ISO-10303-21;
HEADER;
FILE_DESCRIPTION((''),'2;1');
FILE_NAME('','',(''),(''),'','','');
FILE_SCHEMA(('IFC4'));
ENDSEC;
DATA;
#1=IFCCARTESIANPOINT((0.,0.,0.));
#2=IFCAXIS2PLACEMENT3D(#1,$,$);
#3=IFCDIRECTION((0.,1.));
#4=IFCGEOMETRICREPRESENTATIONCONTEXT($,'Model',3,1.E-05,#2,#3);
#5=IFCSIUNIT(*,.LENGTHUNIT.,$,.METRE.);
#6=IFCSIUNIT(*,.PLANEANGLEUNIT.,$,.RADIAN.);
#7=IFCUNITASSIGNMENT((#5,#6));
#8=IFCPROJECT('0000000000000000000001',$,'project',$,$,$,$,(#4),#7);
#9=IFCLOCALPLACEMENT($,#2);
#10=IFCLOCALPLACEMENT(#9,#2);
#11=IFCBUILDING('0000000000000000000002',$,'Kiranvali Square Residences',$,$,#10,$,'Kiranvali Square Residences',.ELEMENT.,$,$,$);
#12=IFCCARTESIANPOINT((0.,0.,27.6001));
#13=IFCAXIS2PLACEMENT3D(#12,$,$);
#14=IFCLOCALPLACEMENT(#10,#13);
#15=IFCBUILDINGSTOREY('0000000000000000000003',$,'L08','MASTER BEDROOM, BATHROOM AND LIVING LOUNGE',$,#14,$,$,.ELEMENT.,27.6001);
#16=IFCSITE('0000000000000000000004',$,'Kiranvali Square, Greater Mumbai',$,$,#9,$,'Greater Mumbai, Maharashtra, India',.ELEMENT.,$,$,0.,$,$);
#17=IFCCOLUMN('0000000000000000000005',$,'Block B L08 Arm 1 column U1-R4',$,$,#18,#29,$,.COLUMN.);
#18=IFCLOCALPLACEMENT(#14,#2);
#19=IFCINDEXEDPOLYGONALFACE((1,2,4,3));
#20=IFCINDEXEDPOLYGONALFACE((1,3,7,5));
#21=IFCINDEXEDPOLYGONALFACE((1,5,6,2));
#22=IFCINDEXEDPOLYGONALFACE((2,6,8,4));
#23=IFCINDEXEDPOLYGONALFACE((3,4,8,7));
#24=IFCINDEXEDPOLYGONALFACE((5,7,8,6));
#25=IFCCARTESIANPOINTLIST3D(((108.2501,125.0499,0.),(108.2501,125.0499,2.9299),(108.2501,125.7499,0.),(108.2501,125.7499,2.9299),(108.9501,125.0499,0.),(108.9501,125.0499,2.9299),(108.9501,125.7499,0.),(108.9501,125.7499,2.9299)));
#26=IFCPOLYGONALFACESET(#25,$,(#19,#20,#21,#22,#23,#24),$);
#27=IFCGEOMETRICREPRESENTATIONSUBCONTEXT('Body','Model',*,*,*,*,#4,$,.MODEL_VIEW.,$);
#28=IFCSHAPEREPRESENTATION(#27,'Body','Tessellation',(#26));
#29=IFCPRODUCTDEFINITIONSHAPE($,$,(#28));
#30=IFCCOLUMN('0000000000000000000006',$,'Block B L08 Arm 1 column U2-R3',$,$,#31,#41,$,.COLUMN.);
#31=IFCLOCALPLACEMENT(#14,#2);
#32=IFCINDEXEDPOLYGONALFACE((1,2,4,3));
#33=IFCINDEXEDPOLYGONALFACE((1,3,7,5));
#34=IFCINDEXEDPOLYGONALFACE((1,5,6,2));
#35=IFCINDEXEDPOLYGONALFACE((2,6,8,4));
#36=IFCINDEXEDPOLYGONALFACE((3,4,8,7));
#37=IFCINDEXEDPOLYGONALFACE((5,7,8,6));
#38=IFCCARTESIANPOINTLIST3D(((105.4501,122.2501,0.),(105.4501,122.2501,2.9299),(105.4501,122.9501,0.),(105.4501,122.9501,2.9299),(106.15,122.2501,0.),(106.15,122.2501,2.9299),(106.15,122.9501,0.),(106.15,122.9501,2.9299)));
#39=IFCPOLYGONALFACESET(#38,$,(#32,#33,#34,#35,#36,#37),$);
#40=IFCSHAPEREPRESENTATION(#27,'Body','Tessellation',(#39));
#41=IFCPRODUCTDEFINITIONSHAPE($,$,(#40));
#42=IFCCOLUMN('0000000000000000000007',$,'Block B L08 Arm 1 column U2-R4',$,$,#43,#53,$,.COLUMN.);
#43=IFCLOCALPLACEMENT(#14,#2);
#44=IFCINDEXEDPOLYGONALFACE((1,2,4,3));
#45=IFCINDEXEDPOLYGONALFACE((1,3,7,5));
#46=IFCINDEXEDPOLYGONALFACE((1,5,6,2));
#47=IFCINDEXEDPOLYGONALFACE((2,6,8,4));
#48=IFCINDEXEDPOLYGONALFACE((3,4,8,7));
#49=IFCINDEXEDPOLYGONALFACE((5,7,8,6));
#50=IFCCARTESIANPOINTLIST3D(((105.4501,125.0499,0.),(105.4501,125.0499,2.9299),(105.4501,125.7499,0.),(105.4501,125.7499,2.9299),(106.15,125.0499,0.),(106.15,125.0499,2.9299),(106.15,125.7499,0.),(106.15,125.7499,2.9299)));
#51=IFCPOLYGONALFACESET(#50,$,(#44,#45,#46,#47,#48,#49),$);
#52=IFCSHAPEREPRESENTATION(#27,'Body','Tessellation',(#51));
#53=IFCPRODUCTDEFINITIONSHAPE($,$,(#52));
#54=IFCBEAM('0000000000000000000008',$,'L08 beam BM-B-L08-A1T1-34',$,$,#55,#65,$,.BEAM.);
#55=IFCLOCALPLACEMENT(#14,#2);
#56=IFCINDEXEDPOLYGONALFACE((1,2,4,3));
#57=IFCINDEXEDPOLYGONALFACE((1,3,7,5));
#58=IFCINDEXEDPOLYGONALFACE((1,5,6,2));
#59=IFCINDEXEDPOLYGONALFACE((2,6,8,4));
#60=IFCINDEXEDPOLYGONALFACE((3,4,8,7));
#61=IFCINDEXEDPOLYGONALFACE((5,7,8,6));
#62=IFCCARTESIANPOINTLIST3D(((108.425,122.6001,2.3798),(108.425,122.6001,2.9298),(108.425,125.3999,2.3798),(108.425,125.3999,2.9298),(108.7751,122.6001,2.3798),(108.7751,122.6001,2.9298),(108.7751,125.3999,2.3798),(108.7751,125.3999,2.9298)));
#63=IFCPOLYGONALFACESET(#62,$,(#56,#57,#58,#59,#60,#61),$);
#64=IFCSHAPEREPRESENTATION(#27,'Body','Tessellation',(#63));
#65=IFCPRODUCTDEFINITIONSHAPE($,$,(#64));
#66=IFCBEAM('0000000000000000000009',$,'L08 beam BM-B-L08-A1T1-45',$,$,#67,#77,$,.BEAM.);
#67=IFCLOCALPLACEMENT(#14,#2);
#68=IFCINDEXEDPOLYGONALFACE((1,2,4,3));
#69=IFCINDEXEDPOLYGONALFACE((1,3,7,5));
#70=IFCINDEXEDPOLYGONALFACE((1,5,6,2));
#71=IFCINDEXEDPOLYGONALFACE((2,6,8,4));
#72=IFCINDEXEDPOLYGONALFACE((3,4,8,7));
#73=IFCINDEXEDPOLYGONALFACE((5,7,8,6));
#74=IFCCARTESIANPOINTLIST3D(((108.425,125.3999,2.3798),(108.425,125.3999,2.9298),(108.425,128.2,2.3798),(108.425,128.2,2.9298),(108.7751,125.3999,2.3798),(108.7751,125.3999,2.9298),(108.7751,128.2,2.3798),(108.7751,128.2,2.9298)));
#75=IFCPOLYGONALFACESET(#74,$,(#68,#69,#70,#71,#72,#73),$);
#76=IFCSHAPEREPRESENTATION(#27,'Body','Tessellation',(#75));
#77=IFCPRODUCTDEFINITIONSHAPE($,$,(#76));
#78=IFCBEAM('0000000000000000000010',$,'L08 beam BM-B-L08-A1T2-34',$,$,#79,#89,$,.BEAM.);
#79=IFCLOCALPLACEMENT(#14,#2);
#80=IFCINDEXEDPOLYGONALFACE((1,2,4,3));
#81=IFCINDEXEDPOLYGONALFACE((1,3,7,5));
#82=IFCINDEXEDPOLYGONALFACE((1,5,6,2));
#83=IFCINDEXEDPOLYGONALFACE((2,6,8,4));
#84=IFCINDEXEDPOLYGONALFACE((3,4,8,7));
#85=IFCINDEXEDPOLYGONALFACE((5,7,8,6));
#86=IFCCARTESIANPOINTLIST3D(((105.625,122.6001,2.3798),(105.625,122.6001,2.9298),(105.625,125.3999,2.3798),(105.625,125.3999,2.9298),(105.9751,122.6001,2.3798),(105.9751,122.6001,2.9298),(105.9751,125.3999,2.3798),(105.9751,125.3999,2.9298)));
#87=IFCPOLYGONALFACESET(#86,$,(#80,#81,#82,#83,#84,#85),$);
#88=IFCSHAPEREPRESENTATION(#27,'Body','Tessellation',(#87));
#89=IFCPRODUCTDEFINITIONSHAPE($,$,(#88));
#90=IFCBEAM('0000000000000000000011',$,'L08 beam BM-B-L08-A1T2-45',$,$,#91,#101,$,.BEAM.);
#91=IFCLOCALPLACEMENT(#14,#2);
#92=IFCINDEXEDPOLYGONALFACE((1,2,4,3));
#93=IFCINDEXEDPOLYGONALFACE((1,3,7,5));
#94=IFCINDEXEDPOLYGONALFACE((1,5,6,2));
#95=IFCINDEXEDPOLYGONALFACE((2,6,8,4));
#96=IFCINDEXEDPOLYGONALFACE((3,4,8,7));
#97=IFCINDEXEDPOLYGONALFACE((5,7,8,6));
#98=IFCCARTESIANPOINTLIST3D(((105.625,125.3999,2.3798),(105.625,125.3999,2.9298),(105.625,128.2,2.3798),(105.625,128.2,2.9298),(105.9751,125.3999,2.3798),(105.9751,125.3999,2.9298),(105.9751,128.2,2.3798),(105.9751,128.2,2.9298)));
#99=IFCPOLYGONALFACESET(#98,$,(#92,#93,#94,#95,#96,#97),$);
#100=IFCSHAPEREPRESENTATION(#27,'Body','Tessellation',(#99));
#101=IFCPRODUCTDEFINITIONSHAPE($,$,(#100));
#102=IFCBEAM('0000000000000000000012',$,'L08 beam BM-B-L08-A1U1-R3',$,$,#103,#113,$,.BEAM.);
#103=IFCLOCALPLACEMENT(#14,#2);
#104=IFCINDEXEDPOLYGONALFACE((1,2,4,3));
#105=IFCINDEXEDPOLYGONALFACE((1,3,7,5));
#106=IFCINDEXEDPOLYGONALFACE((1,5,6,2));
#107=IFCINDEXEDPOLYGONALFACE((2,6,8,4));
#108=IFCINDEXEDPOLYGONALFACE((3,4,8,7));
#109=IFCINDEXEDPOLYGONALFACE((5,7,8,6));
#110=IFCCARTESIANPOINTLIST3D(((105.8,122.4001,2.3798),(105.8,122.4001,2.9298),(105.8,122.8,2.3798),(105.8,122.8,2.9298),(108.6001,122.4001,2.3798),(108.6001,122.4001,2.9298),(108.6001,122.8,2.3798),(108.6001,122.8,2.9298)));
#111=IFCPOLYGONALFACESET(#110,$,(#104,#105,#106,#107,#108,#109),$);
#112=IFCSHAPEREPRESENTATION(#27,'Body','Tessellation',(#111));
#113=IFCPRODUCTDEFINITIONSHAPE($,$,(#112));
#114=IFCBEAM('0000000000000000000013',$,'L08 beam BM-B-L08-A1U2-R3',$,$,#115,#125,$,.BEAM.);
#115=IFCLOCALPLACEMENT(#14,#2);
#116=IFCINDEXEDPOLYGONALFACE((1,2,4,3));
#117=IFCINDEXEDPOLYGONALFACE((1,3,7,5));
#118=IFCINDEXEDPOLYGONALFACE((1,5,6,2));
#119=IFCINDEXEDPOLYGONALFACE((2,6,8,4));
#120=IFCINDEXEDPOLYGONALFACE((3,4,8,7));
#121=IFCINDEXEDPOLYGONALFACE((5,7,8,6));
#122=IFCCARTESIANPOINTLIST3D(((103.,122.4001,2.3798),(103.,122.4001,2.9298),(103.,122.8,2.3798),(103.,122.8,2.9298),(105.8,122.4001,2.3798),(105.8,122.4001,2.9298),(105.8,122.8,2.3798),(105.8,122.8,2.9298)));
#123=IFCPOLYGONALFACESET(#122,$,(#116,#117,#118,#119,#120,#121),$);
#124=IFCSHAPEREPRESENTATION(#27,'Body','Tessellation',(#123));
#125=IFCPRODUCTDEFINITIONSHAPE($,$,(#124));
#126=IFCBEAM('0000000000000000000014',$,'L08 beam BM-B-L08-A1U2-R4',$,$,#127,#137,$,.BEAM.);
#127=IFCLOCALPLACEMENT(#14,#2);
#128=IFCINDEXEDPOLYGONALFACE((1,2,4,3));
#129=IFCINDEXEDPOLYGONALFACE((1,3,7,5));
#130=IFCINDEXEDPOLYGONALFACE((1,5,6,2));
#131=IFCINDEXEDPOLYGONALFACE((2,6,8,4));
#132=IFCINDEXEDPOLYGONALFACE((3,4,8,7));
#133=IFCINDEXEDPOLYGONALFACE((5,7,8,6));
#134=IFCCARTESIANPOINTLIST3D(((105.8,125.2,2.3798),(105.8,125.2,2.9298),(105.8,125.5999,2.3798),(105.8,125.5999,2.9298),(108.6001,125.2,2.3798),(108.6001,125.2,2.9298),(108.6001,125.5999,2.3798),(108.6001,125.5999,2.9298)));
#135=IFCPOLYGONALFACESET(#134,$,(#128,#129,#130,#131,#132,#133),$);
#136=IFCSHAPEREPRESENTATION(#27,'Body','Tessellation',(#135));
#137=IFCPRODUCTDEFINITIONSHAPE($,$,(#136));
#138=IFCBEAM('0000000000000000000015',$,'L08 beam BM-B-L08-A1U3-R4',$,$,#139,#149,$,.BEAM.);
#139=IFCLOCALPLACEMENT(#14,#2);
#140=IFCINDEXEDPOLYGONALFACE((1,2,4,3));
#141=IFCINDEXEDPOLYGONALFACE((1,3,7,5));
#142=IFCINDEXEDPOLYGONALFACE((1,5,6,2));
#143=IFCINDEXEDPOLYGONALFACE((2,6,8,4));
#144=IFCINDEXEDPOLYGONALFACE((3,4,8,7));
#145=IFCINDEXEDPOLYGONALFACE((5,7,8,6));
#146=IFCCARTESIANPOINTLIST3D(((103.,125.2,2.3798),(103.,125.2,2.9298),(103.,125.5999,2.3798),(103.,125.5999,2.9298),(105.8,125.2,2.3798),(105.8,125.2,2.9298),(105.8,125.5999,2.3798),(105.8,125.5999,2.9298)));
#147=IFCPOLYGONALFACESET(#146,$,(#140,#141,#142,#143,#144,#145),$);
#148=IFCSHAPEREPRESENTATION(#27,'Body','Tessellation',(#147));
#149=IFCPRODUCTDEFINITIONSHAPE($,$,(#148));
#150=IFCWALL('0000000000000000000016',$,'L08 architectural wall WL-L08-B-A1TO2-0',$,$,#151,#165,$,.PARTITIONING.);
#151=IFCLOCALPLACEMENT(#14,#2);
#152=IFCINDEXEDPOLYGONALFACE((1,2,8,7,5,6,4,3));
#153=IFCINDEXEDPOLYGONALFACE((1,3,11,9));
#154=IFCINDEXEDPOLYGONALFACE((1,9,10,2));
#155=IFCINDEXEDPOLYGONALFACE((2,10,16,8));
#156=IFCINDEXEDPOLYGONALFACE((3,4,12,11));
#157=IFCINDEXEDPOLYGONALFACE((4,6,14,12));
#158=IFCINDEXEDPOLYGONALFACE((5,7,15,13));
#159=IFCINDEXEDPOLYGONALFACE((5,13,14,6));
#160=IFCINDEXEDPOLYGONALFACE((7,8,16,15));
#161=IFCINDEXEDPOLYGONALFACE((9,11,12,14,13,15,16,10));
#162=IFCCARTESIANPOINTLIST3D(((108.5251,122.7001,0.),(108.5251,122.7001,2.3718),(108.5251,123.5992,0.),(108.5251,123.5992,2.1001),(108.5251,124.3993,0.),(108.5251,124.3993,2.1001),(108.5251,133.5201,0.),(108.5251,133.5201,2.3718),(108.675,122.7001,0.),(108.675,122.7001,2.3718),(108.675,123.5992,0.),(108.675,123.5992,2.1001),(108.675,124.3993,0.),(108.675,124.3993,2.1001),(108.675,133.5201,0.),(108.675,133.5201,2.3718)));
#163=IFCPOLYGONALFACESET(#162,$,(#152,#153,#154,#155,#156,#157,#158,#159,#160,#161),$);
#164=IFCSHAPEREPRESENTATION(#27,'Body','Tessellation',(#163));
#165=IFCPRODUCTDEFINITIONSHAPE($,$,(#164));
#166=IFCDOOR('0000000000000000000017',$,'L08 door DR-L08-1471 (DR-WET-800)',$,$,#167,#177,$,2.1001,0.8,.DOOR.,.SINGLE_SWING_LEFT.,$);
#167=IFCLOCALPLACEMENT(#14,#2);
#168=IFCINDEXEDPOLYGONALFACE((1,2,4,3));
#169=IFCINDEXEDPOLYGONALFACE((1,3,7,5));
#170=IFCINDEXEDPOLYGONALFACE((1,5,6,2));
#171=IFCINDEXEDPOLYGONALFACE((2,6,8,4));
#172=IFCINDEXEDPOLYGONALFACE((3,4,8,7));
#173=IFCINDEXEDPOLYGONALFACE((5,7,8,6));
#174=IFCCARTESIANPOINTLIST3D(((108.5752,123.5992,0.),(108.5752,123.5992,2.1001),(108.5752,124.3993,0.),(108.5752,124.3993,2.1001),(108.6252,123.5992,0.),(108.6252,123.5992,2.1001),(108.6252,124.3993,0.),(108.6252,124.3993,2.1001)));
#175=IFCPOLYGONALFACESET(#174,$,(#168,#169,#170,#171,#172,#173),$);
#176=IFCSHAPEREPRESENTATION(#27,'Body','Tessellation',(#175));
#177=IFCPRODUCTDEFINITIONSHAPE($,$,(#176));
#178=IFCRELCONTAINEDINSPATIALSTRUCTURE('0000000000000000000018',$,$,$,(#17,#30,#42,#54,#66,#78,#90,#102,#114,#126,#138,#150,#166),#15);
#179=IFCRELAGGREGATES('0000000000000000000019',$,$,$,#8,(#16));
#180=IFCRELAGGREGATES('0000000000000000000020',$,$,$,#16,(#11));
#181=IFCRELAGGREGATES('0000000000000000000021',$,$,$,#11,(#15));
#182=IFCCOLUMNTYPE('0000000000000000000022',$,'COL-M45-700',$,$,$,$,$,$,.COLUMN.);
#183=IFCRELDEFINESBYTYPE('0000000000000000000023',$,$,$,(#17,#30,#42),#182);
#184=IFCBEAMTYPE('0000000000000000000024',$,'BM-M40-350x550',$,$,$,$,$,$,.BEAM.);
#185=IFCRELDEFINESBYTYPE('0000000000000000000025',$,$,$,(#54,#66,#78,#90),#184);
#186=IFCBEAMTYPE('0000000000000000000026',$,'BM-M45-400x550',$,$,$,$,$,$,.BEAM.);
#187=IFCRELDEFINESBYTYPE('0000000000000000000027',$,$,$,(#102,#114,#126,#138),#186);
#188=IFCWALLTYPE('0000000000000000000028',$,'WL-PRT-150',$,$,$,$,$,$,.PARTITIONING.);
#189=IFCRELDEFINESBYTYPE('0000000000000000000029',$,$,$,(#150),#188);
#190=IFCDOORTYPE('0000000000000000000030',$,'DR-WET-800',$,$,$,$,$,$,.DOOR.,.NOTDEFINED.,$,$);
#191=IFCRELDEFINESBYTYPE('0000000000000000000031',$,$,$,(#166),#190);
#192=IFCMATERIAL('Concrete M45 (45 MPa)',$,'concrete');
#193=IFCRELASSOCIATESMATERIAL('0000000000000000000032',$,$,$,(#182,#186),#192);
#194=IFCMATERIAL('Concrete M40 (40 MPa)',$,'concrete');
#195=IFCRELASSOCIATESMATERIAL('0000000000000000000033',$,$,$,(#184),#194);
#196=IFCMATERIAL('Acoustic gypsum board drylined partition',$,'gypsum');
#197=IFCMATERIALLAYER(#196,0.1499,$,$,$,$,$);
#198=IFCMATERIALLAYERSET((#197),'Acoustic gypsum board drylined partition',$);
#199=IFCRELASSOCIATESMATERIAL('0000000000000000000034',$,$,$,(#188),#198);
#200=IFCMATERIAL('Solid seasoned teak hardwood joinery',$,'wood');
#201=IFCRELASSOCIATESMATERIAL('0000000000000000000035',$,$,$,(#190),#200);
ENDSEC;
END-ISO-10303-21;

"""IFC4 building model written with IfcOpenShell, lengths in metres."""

from ifc_helpers import new_model, si_unit, direction, frame, frame_2d, origin, origin_2d, place, context, subcontext, project, spatial, rectangle, extrude, material, layer, layer_set, material_profile, profile_set, type_object, element, fill, save


model = new_model("IFC4")

# Units and contexts
model_context = context("Model", 3, precision=1e-05, world=origin(), true_north=direction((0.0, 1.0)))
body_context = subcontext(model_context, "Body", "Model", "MODEL_VIEW")
ifc_project = project(units=[si_unit("LENGTHUNIT", "METRE"), si_unit("PLANEANGLEUNIT", "RADIAN")], contexts=[model_context])

# Site, building, storey
site_placement = place(None, origin())
site = spatial("IfcSite", under=ifc_project, at=site_placement, Name="Kiranvali Square, Greater Mumbai", LongName="Greater Mumbai, Maharashtra, India", CompositionType="ELEMENT", RefElevation=0.0)
building_placement = place(site_placement, origin())
building = spatial("IfcBuilding", under=site, at=building_placement, Name="Kiranvali Square Residences", LongName="Kiranvali Square Residences", CompositionType="ELEMENT")
storey_placement = place(building_placement, frame((0.0, 0.0, 27.6001)))
storey = spatial("IfcBuildingStorey", under=building, at=storey_placement, Name="L08", Description="MASTER BEDROOM, BATHROOM AND LIVING LOUNGE", CompositionType="ELEMENT", Elevation=27.6001)

# Columns
ifc_material_1 = material(Name="Concrete M45 (45 MPa)", Category="concrete")
ifc_material_profile_1 = material_profile(ifc_material_1, rectangle(XDim=0.7, YDim=0.7, at=origin_2d()), Name="RC 700x700")
ifc_profile_set_1 = profile_set([ifc_material_profile_1], Name="Concrete M45 (45 MPa)")
column_type = type_object("IfcColumnType", Name="COL-M45-700", PredefinedType="COLUMN", material=ifc_profile_set_1)
for number, where, z_axis, x_axis, name in (
    (1, (108.6001, 125.3999, 0.0), (0.0, 0.0, 1.0), (1.0, 0.0, 0.0), "Block B L08 Arm 1 column U1-R4"),
    (2, (105.8, 122.6001, 0.0), (0.0, 0.0, 1.0), (1.0, 0.0, 0.0), "Block B L08 Arm 1 column U2-R3"),
    (3, (105.8, 125.3999, 0.0), (0.0, 0.0, 1.0), (1.0, 0.0, 0.0), "Block B L08 Arm 1 column U2-R4"),
):
    element("IfcColumn", number, at=place(storey_placement, frame(where, z_axis=z_axis, x_axis=x_axis)), inside=storey, type_object=column_type, Name=name, PredefinedType="COLUMN", context=body_context, shape_type="SweptSolid", body=[
        extrude(rectangle(XDim=0.7, YDim=0.7, at=origin_2d()), origin(), (0.0, 0.0, 1.0), 2.9299),
    ])

# Beams
ifc_material_2 = material(Name="Concrete M40 (40 MPa)", Category="concrete")
ifc_material_profile_2 = material_profile(ifc_material_2, rectangle(XDim=0.3501, YDim=0.55, at=origin_2d()), Name="RC 350x550")
ifc_profile_set_2 = profile_set([ifc_material_profile_2], Name="Concrete M40 (40 MPa)")
beam_type_1 = type_object("IfcBeamType", Name="BM-M40-350x550", PredefinedType="BEAM", material=ifc_profile_set_2)
beam_1_placement = place(storey_placement, frame((108.6001, 122.6001, 2.6548), z_axis=(0.0, 1.0, 0.0), x_axis=(-1.0, 0.0, 0.0)))
element("IfcBeam", 4, at=beam_1_placement, inside=storey, type_object=beam_type_1, Name="L08 beam BM-B-L08-A1T1-34", PredefinedType="BEAM", context=body_context, shape_type="SweptSolid", body=[
    extrude(rectangle(XDim=0.3501, YDim=0.55, at=origin_2d()), origin(), (0.0, 0.0, 1.0), 2.7998),
])
beam_2_placement = place(storey_placement, frame((108.6001, 125.3999, 2.6548), z_axis=(0.0, 1.0, 0.0), x_axis=(-1.0, 0.0, 0.0)))
element("IfcBeam", 5, at=beam_2_placement, inside=storey, type_object=beam_type_1, Name="L08 beam BM-B-L08-A1T1-45", PredefinedType="BEAM", context=body_context, shape_type="SweptSolid", body=[
    extrude(rectangle(XDim=0.3501, YDim=0.55, at=origin_2d()), origin(), (0.0, 0.0, 1.0), 2.8),
])
beam_3_placement = place(storey_placement, frame((105.8, 122.6001, 2.6548), z_axis=(0.0, 1.0, 0.0), x_axis=(-1.0, 0.0, 0.0)))
element("IfcBeam", 6, at=beam_3_placement, inside=storey, type_object=beam_type_1, Name="L08 beam BM-B-L08-A1T2-34", PredefinedType="BEAM", context=body_context, shape_type="SweptSolid", body=[
    extrude(rectangle(XDim=0.3501, YDim=0.55, at=origin_2d()), origin(), (0.0, 0.0, 1.0), 2.7998),
])
beam_4_placement = place(storey_placement, frame((105.8, 125.3999, 2.6548), z_axis=(0.0, 1.0, 0.0), x_axis=(-1.0, 0.0, 0.0)))
element("IfcBeam", 7, at=beam_4_placement, inside=storey, type_object=beam_type_1, Name="L08 beam BM-B-L08-A1T2-45", PredefinedType="BEAM", context=body_context, shape_type="SweptSolid", body=[
    extrude(rectangle(XDim=0.3501, YDim=0.55, at=origin_2d()), origin(), (0.0, 0.0, 1.0), 2.8),
])
ifc_material_profile_3 = material_profile(ifc_material_1, rectangle(XDim=0.3999, YDim=0.55, at=origin_2d()), Name="RC 400x550")
ifc_profile_set_3 = profile_set([ifc_material_profile_3], Name="Concrete M45 (45 MPa)")
beam_type_2 = type_object("IfcBeamType", Name="BM-M45-400x550", PredefinedType="BEAM", material=ifc_profile_set_3)
for number, where, z_axis, x_axis, name in (
    (8, (108.6001, 122.6001, 2.6548), (-1.0, 0.0, 0.0), (0.0, -1.0, 0.0), "L08 beam BM-B-L08-A1U1-R3"),
    (9, (105.8, 122.6001, 2.6548), (-1.0, 0.0, 0.0), (0.0, -1.0, 0.0), "L08 beam BM-B-L08-A1U2-R3"),
    (10, (108.6001, 125.3999, 2.6548), (-1.0, 0.0, 0.0), (0.0, -1.0, 0.0), "L08 beam BM-B-L08-A1U2-R4"),
    (11, (105.8, 125.3999, 2.6548), (-1.0, 0.0, 0.0), (0.0, -1.0, 0.0), "L08 beam BM-B-L08-A1U3-R4"),
):
    element("IfcBeam", number, at=place(storey_placement, frame(where, z_axis=z_axis, x_axis=x_axis)), inside=storey, type_object=beam_type_2, Name=name, PredefinedType="BEAM", context=body_context, shape_type="SweptSolid", body=[
        extrude(rectangle(XDim=0.3999, YDim=0.55, at=origin_2d()), origin(), (0.0, 0.0, 1.0), 2.8),
    ])

# Wall, opening, door
ifc_material_3 = material(Name="Acoustic gypsum board drylined partition", Category="gypsum")
ifc_layer_1 = layer(ifc_material_3, 0.1499)
ifc_layer_set_1 = layer_set([ifc_layer_1], Name="Acoustic gypsum board drylined partition")
wall_type_1 = type_object("IfcWallType", Name="WL-PRT-150", PredefinedType="PARTITIONING", material=ifc_layer_set_1)
wall_1_placement = place(storey_placement, frame((108.6001, 122.7, 0.0), z_axis=(0.0, 0.0, 1.0), x_axis=(0.0, 1.0, 0.0)))
wall_1 = element("IfcWall", 12, at=wall_1_placement, inside=storey, type_object=wall_type_1, Name="L08 architectural wall WL-L08-B-A1TO2-0", PredefinedType="PARTITIONING", context=body_context, shape_type="SweptSolid", body=[
    extrude(rectangle(XDim=10.8201, YDim=0.1499, at=frame_2d((5.4102, 0.0))), origin(), (0.0, 0.0, 1.0), 2.3718),
])
opening_1_placement = place(wall_1_placement, frame((0.8994, 0.0, 0.0)))
opening_1 = element("IfcOpeningElement", 13, at=opening_1_placement, cuts=wall_1, PredefinedType="OPENING", context=body_context, shape_type="SweptSolid", body=[
    extrude(rectangle(XDim=0.8, YDim=2.1001, at=frame_2d((0.3999, 1.05))), frame((0.0, 0.085, 0.0), z_axis=(0.0, -1.0, 0.0), x_axis=(1.0, 0.0, 0.0)), (0.0, 0.0, 1.0), 0.1699),
])
ifc_material_4 = material(Name="Solid seasoned teak hardwood joinery", Category="wood")
door_type_1 = type_object("IfcDoorType", Name="DR-WET-800", OperationType="NOTDEFINED", PredefinedType="DOOR", material=ifc_material_4)
door_1_placement = place(opening_1_placement, origin())
door_1 = element("IfcDoor", 14, at=door_1_placement, inside=storey, type_object=door_type_1, Name="L08 door DR-L08-1471 (DR-WET-800)", OperationType="SINGLE_SWING_LEFT", OverallHeight=2.1001, OverallWidth=0.8, PredefinedType="DOOR", context=body_context, shape_type="SweptSolid", body=[
    extrude(rectangle(XDim=0.8, YDim=2.1001, at=frame_2d((0.3999, 1.05))), frame((0.0, 0.0249, 0.0), z_axis=(0.0, -1.0, 0.0), x_axis=(1.0, 0.0, 0.0)), (0.0, 0.0, 1.0), 0.05),
])
fill(opening_1, door_1)

save(model, "model.ifc")
